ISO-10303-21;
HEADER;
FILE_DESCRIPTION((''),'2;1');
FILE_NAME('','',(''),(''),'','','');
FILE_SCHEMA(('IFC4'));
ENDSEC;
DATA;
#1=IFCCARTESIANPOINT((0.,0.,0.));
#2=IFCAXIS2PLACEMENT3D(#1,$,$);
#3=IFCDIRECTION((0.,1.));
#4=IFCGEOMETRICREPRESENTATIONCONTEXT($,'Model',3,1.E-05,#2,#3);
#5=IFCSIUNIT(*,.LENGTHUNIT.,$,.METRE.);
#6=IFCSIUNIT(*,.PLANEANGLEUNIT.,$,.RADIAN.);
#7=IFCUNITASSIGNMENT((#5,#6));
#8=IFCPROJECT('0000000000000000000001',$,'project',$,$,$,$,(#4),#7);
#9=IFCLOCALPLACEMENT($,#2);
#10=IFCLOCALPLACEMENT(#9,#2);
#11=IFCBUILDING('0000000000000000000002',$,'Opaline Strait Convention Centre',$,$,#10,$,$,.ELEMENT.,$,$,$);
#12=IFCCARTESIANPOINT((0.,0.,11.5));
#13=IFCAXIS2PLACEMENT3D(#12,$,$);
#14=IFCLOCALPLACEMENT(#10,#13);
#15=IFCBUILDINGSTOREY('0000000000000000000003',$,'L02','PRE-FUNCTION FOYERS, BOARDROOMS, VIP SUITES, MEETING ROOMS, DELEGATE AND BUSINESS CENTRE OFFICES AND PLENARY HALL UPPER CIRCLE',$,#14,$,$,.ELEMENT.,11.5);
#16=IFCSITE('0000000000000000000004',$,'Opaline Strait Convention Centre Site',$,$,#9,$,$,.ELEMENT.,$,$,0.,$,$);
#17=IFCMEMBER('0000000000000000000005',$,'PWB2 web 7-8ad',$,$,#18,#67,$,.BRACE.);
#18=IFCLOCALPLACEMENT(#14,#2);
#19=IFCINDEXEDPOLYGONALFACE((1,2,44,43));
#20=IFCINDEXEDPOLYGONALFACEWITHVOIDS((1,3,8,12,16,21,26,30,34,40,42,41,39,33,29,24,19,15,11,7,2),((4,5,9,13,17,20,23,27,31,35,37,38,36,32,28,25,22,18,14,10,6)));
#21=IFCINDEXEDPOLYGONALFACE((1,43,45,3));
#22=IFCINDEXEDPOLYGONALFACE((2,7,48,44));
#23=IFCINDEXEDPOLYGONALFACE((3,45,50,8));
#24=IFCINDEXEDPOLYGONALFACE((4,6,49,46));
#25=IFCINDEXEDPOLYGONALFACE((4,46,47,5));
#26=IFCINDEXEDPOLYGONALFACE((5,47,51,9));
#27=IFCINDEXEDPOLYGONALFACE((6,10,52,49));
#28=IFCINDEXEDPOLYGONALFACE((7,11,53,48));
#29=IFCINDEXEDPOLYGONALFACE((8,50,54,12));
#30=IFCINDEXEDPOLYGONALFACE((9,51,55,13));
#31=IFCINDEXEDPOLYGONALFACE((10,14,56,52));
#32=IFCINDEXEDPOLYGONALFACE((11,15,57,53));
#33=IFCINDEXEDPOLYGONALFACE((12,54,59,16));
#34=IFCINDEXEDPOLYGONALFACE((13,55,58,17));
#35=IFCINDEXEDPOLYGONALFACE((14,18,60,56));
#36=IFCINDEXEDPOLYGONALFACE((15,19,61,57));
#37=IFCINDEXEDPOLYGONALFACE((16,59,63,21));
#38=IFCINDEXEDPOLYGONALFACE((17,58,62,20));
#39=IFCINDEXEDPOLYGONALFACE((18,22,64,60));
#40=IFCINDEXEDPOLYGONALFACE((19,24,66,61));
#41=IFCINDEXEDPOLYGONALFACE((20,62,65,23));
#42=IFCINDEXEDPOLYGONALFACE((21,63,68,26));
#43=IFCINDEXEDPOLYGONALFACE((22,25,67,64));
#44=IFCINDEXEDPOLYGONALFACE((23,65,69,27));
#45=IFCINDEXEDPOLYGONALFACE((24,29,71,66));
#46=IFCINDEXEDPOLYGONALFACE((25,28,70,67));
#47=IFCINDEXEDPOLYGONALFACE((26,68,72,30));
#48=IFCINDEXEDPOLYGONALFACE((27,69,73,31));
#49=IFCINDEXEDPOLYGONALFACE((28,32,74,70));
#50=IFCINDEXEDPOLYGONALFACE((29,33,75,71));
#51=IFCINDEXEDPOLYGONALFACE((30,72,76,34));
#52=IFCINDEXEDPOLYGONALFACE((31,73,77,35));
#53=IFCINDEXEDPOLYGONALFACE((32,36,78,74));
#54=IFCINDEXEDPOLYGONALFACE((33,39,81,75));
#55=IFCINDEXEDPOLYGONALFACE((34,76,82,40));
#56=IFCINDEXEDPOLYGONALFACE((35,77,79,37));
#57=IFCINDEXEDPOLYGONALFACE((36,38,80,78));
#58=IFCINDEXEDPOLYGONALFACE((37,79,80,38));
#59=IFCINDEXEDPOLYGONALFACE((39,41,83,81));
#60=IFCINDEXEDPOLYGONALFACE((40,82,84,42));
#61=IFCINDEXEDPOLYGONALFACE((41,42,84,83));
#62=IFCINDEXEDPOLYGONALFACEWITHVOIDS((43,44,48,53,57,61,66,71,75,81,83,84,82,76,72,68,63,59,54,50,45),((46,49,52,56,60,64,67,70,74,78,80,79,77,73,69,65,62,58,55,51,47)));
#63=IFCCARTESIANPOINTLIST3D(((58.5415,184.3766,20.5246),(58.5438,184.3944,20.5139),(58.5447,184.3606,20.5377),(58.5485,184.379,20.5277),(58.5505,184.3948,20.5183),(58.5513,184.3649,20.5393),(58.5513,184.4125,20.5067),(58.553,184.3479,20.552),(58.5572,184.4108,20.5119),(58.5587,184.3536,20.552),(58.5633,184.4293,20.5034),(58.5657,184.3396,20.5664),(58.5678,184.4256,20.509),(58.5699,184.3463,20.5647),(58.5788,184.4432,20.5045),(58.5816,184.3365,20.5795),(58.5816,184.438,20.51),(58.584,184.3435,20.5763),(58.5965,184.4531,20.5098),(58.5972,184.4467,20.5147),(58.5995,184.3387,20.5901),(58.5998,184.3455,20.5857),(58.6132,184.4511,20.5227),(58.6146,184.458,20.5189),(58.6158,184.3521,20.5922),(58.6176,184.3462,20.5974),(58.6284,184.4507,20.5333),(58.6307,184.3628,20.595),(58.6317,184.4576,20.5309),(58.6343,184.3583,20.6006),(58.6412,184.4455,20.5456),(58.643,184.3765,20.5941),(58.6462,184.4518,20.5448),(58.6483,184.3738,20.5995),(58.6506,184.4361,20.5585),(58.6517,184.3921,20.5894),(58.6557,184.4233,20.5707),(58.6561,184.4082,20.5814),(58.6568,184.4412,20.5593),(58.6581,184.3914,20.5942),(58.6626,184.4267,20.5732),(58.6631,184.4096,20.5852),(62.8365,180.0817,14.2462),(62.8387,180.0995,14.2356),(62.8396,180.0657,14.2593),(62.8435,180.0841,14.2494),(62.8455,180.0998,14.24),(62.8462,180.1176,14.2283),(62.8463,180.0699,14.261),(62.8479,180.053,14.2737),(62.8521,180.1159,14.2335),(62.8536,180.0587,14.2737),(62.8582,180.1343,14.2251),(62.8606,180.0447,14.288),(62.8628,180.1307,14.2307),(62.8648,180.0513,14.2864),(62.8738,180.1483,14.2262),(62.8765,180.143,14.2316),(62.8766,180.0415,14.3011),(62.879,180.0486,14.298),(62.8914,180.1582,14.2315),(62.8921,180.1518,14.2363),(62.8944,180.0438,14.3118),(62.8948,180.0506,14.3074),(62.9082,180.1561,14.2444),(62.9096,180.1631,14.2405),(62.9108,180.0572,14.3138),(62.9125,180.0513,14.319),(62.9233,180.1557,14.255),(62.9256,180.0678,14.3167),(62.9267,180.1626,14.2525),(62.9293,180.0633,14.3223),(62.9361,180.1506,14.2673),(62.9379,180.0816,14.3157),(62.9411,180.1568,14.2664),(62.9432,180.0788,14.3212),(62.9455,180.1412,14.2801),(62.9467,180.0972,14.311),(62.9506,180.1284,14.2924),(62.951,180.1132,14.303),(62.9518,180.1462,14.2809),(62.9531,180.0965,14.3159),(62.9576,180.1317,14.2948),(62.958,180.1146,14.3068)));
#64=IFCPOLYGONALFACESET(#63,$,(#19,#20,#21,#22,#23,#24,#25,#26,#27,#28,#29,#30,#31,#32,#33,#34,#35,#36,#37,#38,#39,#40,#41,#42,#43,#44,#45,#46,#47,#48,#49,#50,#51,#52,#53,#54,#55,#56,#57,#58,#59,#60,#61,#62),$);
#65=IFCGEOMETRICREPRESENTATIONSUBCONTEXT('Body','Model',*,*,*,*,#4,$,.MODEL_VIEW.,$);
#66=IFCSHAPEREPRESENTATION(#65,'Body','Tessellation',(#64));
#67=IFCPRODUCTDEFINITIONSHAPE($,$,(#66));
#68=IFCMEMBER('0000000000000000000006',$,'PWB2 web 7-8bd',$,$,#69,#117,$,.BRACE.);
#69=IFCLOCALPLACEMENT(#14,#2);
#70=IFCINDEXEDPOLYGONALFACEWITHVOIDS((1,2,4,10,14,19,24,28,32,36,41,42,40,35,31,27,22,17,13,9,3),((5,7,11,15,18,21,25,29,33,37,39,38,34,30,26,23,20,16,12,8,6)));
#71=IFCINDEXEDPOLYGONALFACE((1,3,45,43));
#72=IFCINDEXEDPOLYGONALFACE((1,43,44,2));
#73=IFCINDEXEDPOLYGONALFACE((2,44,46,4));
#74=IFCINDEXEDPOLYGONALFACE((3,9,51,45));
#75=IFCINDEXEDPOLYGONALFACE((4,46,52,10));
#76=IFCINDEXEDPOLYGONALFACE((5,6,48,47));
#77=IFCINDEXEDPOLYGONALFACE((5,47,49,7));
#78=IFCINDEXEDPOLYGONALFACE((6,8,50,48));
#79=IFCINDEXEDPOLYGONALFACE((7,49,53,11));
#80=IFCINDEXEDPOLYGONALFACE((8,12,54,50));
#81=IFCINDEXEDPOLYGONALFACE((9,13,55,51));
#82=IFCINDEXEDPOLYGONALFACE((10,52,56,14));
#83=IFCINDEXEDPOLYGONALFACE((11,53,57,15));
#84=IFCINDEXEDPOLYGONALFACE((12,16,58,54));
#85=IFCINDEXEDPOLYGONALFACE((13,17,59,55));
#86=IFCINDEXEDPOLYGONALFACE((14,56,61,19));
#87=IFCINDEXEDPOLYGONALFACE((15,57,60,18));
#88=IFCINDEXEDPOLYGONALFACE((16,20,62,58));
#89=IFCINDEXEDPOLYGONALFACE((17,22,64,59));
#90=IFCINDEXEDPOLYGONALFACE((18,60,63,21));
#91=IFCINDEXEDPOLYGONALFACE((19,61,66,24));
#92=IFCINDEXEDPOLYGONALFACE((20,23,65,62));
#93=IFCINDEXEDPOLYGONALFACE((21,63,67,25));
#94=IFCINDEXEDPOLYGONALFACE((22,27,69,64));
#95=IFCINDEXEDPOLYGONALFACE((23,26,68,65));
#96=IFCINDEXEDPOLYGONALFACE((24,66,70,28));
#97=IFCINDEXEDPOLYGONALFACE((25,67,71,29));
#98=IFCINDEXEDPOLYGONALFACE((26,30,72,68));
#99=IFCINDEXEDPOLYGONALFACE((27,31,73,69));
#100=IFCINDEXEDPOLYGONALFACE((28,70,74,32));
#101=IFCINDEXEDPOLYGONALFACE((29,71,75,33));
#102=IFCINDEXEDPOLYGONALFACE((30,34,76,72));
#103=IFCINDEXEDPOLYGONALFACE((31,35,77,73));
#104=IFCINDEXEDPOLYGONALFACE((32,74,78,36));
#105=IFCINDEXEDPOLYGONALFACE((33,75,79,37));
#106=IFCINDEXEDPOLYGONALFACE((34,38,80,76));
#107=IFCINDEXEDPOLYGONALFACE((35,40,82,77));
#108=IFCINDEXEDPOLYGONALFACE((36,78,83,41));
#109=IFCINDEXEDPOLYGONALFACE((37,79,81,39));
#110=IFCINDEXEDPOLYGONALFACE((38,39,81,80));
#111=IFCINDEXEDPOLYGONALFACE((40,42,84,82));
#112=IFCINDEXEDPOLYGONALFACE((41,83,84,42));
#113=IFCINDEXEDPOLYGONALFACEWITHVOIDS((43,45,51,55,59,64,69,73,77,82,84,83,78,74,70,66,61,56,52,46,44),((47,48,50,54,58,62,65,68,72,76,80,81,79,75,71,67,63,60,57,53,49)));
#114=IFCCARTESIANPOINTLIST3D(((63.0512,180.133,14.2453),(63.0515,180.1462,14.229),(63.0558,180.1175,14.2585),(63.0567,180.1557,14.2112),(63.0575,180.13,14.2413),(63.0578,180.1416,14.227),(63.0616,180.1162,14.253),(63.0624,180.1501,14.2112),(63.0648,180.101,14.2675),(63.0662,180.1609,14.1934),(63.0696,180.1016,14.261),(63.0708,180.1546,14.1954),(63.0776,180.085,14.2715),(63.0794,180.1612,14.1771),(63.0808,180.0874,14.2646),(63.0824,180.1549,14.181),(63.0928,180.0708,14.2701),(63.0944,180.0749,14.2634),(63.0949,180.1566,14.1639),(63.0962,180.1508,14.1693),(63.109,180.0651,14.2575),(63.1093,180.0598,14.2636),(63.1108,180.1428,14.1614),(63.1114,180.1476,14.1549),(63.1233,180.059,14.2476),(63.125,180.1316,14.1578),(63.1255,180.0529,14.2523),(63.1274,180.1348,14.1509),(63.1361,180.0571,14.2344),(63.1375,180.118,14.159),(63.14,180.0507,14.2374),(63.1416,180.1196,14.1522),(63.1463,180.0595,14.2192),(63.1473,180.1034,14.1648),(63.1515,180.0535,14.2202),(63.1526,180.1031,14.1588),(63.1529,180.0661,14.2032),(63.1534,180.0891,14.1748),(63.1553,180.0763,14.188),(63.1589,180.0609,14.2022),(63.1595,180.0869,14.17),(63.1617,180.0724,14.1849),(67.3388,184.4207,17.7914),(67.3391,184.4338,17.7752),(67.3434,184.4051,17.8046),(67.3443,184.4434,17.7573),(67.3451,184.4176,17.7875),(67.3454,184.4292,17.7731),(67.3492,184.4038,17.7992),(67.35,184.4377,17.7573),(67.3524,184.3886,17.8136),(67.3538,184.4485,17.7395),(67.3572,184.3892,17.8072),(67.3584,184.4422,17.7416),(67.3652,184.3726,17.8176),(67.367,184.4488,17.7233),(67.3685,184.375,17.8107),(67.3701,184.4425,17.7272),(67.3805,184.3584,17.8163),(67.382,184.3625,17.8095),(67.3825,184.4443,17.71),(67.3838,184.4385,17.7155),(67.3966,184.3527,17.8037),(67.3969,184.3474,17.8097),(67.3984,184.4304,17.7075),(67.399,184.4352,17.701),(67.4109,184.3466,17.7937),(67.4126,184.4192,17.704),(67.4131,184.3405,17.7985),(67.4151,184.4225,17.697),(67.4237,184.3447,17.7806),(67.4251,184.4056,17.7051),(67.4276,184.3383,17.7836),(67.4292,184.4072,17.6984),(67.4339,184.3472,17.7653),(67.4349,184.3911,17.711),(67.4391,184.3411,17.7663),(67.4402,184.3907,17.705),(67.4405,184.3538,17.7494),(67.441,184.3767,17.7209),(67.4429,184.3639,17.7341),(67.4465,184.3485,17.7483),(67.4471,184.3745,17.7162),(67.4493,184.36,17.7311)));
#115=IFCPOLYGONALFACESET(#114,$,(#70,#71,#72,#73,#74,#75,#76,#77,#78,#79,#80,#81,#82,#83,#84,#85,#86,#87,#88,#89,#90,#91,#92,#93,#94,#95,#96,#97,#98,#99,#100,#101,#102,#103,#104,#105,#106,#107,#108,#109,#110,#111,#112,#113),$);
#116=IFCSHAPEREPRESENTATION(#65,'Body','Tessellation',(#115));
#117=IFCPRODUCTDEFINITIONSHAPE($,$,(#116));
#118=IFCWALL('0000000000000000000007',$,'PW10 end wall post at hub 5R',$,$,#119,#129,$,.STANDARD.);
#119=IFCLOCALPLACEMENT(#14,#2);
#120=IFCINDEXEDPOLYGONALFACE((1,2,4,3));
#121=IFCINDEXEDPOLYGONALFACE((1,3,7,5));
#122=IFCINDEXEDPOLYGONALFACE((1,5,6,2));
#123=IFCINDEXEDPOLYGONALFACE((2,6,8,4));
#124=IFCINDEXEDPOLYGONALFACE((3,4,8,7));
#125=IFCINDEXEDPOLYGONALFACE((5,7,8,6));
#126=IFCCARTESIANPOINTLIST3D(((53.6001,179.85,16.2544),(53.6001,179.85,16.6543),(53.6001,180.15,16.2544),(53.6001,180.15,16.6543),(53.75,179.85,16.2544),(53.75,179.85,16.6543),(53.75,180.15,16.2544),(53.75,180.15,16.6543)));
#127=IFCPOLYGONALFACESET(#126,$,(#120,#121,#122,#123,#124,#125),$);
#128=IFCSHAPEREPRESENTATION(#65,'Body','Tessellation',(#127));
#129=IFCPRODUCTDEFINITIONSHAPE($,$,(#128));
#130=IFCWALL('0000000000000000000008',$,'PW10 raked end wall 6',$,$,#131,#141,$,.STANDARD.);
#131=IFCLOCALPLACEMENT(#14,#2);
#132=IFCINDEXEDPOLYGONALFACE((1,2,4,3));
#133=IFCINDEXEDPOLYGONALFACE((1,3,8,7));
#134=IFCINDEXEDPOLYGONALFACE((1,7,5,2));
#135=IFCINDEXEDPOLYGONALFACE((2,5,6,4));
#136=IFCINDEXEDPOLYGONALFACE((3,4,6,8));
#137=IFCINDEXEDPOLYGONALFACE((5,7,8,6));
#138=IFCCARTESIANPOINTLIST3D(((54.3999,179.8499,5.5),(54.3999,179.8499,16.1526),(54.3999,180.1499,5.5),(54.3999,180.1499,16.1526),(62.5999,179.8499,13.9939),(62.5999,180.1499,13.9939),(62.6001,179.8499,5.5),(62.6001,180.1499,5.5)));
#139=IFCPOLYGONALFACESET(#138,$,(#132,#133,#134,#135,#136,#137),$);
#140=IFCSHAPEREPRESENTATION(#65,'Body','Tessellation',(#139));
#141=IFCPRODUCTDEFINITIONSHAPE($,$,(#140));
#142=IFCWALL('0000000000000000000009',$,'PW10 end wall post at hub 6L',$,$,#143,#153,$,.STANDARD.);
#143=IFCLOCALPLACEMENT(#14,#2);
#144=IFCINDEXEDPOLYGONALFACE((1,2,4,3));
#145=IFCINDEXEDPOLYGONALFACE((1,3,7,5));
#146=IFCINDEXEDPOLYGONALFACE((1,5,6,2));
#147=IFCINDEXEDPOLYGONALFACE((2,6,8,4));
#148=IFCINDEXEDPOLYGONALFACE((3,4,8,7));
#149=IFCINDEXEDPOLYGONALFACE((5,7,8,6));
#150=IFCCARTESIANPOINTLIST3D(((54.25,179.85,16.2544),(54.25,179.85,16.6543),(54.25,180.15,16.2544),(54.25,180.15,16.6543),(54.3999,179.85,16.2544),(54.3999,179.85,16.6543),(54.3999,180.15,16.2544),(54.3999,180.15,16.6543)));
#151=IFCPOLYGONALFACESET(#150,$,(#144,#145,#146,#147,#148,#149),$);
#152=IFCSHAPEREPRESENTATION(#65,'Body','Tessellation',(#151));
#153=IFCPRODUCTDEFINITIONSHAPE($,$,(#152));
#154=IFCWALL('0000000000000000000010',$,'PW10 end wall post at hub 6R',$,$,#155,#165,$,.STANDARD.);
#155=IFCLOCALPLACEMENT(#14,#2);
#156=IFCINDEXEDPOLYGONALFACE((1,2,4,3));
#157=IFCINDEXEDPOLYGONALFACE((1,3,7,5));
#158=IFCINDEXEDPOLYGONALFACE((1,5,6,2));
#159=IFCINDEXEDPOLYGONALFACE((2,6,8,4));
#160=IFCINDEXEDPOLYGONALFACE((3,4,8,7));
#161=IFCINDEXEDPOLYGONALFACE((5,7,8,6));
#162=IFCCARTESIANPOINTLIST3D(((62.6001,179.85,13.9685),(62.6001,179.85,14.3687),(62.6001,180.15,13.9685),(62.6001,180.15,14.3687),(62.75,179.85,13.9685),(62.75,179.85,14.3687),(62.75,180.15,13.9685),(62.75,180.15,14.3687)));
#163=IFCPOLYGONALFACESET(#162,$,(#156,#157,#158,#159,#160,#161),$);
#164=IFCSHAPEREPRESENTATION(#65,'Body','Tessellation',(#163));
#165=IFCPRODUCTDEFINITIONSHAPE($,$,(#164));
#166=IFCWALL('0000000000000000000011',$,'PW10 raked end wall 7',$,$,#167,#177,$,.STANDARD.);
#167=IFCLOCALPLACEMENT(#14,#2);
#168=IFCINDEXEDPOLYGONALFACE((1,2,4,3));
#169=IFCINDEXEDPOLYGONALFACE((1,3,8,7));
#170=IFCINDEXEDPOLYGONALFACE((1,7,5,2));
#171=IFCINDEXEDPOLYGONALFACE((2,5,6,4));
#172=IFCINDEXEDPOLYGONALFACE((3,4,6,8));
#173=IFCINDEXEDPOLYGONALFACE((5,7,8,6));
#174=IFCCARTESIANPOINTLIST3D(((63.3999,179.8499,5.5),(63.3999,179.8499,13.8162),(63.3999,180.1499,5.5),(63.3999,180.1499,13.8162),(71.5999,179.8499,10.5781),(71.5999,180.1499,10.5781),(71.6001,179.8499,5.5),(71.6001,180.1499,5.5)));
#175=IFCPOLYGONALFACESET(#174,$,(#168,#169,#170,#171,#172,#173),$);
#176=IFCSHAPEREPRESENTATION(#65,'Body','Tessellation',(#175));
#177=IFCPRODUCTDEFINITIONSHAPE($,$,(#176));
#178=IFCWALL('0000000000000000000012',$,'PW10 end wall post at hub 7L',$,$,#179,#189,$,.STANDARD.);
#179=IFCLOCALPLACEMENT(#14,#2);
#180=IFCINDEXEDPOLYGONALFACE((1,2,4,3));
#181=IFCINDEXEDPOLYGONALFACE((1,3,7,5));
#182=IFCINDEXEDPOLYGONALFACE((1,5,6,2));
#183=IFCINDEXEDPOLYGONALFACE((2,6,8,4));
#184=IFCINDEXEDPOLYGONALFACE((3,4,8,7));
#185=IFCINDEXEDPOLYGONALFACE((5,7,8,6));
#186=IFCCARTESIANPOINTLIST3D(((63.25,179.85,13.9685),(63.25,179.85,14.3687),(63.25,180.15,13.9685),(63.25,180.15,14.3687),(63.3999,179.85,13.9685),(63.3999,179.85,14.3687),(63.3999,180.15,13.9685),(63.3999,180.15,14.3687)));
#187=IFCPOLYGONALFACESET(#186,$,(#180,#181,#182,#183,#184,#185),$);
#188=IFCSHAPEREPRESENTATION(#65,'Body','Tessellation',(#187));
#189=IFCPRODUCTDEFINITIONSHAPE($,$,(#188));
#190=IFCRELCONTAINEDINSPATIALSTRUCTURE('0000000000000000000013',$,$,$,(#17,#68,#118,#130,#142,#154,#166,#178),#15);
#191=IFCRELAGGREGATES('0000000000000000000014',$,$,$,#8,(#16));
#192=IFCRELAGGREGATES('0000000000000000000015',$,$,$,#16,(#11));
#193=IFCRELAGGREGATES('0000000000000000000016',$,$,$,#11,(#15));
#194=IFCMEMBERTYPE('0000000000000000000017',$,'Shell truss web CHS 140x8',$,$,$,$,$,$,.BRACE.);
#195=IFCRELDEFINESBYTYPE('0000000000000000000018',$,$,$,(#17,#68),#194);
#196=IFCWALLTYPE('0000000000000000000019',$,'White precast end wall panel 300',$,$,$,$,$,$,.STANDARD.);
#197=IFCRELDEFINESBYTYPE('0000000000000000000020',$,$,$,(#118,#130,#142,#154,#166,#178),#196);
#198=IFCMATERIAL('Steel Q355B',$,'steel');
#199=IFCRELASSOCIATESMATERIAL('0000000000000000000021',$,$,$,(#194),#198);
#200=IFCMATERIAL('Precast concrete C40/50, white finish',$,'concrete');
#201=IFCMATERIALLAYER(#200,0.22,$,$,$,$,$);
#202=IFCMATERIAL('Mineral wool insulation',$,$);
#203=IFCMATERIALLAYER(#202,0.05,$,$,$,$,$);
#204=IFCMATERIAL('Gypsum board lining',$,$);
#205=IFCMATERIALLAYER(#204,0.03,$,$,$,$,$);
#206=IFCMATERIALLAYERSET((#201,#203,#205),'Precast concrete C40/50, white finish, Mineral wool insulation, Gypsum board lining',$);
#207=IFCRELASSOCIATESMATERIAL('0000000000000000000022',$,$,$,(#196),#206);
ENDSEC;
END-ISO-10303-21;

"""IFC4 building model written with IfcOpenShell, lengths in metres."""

from ifc_helpers import new_model, si_unit, direction, frame, frame_2d, origin, origin_2d, place, context, subcontext, project, spatial, polyline, rectangle, hollow_circle, outline, extrude, material, layer, layer_set, material_profile, profile_set, type_object, element, save


model = new_model("IFC4")

# Units and contexts
model_context = context("Model", 3, precision=1e-05, world=origin(), true_north=direction((0.0, 1.0)))
body_context = subcontext(model_context, "Body", "Model", "MODEL_VIEW")
ifc_project = project(units=[si_unit("LENGTHUNIT", "METRE"), si_unit("PLANEANGLEUNIT", "RADIAN")], contexts=[model_context])

# Site, building, storey
site_placement = place(None, origin())
site = spatial("IfcSite", under=ifc_project, at=site_placement, Name="Opaline Strait Convention Centre Site", CompositionType="ELEMENT", RefElevation=0.0)
building_placement = place(site_placement, origin())
building = spatial("IfcBuilding", under=site, at=building_placement, Name="Opaline Strait Convention Centre", CompositionType="ELEMENT")
storey_placement = place(building_placement, frame((0.0, 0.0, 11.5)))
storey = spatial("IfcBuildingStorey", under=building, at=storey_placement, Name="L02", Description="PRE-FUNCTION FOYERS, BOARDROOMS, VIP SUITES, MEETING ROOMS, DELEGATE AND BUSINESS CENTRE OFFICES AND PLENARY HALL UPPER CIRCLE", CompositionType="ELEMENT", Elevation=11.5)

# Members
ifc_material_1 = material(Name="Steel Q355B", Category="steel")
ifc_material_profile_1 = material_profile(ifc_material_1, hollow_circle(Radius=0.0701, WallThickness=0.0081, at=origin_2d()), Name="CHS 140x8")
ifc_profile_set_1 = profile_set([ifc_material_profile_1], Name="Steel Q355B")
member_type_1 = type_object("IfcMemberType", Name="Shell truss web CHS 140x8", PredefinedType="BRACE", material=ifc_profile_set_1)
member_1_placement = place(storey_placement, frame((62.8975, 180.1025, 14.2737), z_axis=(-0.49166, 0.49166, 0.718708), x_axis=(-0.707107, -0.707107, 0.0)))
element("IfcMember", 1, at=member_1_placement, inside=storey, type_object=member_type_1, Name="PWB2 web 7-8ad", PredefinedType="BRACE", context=body_context, shape_type="SweptSolid", body=[
    extrude(hollow_circle(Radius=0.0701, WallThickness=0.0081, at=origin_2d()), origin(), (0.0, 0.0, 1.0), 8.7356),
])
member_2_placement = place(storey_placement, frame((63.1062, 180.1062, 14.2112), z_axis=(0.610387, 0.610387, 0.504833), x_axis=(-0.707107, 0.707107, 0.0)))
element("IfcMember", 2, at=member_2_placement, inside=storey, type_object=member_type_1, Name="PWB2 web 7-8bd", PredefinedType="BRACE", context=body_context, shape_type="SweptSolid", body=[
    extrude(hollow_circle(Radius=0.0701, WallThickness=0.0081, at=origin_2d()), origin(), (0.0, 0.0, 1.0), 7.0244),
])

# Walls
ifc_material_2 = material(Name="Precast concrete C40/50, white finish", Category="concrete")
ifc_layer_1 = layer(ifc_material_2, 0.22)
ifc_material_3 = material(Name="Mineral wool insulation")
ifc_layer_2 = layer(ifc_material_3, 0.05)
ifc_material_4 = material(Name="Gypsum board lining")
ifc_layer_3 = layer(ifc_material_4, 0.03)
ifc_layer_set_1 = layer_set([ifc_layer_1, ifc_layer_2, ifc_layer_3], Name="Precast concrete C40/50, white finish, Mineral wool insulation, Gypsum board lining")
wall_type = type_object("IfcWallType", Name="White precast end wall panel 300", PredefinedType="STANDARD", material=ifc_layer_set_1)
wall_1_placement = place(storey_placement, frame((53.6001, 180.0, 16.2544), z_axis=(0.0, 0.0, 1.0), x_axis=(1.0, 0.0, 0.0)))
element("IfcWall", 3, at=wall_1_placement, inside=storey, type_object=wall_type, Name="PW10 end wall post at hub 5R", PredefinedType="STANDARD", context=body_context, shape_type="SweptSolid", body=[
    extrude(rectangle(XDim=0.1499, YDim=0.3, at=frame_2d((0.075, 0.0))), origin(), (0.0, 0.0, 1.0), 0.3999),
])
wall_2_placement = place(storey_placement, frame((54.3999, 180.0, 5.5), z_axis=(0.0, 0.0, 1.0), x_axis=(1.0, 0.0, 0.0)))
element("IfcWall", 4, at=wall_2_placement, inside=storey, type_object=wall_type, Name="PW10 raked end wall 6", PredefinedType="STANDARD", context=body_context, shape_type="SweptSolid", body=[
    extrude(outline(polyline([(0.0, 0.0), (8.2002, 0.0), (8.2, 8.4939), (0.0, 10.6526), (0.0, 0.0)])), frame((0.0, 0.1499, 0.0), z_axis=(0.0, -1.0, 0.0), x_axis=(1.0, 0.0, 0.0)), (0.0, 0.0, 1.0), 0.3),
])
wall_3_placement = place(storey_placement, frame((54.25, 180.0, 16.2544), z_axis=(0.0, 0.0, 1.0), x_axis=(1.0, 0.0, 0.0)))
element("IfcWall", 5, at=wall_3_placement, inside=storey, type_object=wall_type, Name="PW10 end wall post at hub 6L", PredefinedType="STANDARD", context=body_context, shape_type="SweptSolid", body=[
    extrude(rectangle(XDim=0.1499, YDim=0.3, at=frame_2d((0.075, 0.0))), origin(), (0.0, 0.0, 1.0), 0.3999),
])
wall_4_placement = place(storey_placement, frame((62.6001, 180.0, 13.9685), z_axis=(0.0, 0.0, 1.0), x_axis=(1.0, 0.0, 0.0)))
element("IfcWall", 6, at=wall_4_placement, inside=storey, type_object=wall_type, Name="PW10 end wall post at hub 6R", PredefinedType="STANDARD", context=body_context, shape_type="SweptSolid", body=[
    extrude(rectangle(XDim=0.1499, YDim=0.3, at=frame_2d((0.075, 0.0))), origin(), (0.0, 0.0, 1.0), 0.4001),
])
wall_5_placement = place(storey_placement, frame((63.3999, 180.0, 5.5), z_axis=(0.0, 0.0, 1.0), x_axis=(1.0, 0.0, 0.0)))
element("IfcWall", 7, at=wall_5_placement, inside=storey, type_object=wall_type, Name="PW10 raked end wall 7", PredefinedType="STANDARD", context=body_context, shape_type="SweptSolid", body=[
    extrude(outline(polyline([(0.0, 0.0), (8.2002, 0.0), (8.2, 5.0781), (0.0, 8.3162), (0.0, 0.0)])), frame((0.0, 0.1499, 0.0), z_axis=(0.0, -1.0, 0.0), x_axis=(1.0, 0.0, 0.0)), (0.0, 0.0, 1.0), 0.3),
])
wall_6_placement = place(storey_placement, frame((63.25, 180.0, 13.9685), z_axis=(0.0, 0.0, 1.0), x_axis=(1.0, 0.0, 0.0)))
element("IfcWall", 8, at=wall_6_placement, inside=storey, type_object=wall_type, Name="PW10 end wall post at hub 7L", PredefinedType="STANDARD", context=body_context, shape_type="SweptSolid", body=[
    extrude(rectangle(XDim=0.1499, YDim=0.3, at=frame_2d((0.075, 0.0))), origin(), (0.0, 0.0, 1.0), 0.4001),
])

save(model, "model.ifc")
